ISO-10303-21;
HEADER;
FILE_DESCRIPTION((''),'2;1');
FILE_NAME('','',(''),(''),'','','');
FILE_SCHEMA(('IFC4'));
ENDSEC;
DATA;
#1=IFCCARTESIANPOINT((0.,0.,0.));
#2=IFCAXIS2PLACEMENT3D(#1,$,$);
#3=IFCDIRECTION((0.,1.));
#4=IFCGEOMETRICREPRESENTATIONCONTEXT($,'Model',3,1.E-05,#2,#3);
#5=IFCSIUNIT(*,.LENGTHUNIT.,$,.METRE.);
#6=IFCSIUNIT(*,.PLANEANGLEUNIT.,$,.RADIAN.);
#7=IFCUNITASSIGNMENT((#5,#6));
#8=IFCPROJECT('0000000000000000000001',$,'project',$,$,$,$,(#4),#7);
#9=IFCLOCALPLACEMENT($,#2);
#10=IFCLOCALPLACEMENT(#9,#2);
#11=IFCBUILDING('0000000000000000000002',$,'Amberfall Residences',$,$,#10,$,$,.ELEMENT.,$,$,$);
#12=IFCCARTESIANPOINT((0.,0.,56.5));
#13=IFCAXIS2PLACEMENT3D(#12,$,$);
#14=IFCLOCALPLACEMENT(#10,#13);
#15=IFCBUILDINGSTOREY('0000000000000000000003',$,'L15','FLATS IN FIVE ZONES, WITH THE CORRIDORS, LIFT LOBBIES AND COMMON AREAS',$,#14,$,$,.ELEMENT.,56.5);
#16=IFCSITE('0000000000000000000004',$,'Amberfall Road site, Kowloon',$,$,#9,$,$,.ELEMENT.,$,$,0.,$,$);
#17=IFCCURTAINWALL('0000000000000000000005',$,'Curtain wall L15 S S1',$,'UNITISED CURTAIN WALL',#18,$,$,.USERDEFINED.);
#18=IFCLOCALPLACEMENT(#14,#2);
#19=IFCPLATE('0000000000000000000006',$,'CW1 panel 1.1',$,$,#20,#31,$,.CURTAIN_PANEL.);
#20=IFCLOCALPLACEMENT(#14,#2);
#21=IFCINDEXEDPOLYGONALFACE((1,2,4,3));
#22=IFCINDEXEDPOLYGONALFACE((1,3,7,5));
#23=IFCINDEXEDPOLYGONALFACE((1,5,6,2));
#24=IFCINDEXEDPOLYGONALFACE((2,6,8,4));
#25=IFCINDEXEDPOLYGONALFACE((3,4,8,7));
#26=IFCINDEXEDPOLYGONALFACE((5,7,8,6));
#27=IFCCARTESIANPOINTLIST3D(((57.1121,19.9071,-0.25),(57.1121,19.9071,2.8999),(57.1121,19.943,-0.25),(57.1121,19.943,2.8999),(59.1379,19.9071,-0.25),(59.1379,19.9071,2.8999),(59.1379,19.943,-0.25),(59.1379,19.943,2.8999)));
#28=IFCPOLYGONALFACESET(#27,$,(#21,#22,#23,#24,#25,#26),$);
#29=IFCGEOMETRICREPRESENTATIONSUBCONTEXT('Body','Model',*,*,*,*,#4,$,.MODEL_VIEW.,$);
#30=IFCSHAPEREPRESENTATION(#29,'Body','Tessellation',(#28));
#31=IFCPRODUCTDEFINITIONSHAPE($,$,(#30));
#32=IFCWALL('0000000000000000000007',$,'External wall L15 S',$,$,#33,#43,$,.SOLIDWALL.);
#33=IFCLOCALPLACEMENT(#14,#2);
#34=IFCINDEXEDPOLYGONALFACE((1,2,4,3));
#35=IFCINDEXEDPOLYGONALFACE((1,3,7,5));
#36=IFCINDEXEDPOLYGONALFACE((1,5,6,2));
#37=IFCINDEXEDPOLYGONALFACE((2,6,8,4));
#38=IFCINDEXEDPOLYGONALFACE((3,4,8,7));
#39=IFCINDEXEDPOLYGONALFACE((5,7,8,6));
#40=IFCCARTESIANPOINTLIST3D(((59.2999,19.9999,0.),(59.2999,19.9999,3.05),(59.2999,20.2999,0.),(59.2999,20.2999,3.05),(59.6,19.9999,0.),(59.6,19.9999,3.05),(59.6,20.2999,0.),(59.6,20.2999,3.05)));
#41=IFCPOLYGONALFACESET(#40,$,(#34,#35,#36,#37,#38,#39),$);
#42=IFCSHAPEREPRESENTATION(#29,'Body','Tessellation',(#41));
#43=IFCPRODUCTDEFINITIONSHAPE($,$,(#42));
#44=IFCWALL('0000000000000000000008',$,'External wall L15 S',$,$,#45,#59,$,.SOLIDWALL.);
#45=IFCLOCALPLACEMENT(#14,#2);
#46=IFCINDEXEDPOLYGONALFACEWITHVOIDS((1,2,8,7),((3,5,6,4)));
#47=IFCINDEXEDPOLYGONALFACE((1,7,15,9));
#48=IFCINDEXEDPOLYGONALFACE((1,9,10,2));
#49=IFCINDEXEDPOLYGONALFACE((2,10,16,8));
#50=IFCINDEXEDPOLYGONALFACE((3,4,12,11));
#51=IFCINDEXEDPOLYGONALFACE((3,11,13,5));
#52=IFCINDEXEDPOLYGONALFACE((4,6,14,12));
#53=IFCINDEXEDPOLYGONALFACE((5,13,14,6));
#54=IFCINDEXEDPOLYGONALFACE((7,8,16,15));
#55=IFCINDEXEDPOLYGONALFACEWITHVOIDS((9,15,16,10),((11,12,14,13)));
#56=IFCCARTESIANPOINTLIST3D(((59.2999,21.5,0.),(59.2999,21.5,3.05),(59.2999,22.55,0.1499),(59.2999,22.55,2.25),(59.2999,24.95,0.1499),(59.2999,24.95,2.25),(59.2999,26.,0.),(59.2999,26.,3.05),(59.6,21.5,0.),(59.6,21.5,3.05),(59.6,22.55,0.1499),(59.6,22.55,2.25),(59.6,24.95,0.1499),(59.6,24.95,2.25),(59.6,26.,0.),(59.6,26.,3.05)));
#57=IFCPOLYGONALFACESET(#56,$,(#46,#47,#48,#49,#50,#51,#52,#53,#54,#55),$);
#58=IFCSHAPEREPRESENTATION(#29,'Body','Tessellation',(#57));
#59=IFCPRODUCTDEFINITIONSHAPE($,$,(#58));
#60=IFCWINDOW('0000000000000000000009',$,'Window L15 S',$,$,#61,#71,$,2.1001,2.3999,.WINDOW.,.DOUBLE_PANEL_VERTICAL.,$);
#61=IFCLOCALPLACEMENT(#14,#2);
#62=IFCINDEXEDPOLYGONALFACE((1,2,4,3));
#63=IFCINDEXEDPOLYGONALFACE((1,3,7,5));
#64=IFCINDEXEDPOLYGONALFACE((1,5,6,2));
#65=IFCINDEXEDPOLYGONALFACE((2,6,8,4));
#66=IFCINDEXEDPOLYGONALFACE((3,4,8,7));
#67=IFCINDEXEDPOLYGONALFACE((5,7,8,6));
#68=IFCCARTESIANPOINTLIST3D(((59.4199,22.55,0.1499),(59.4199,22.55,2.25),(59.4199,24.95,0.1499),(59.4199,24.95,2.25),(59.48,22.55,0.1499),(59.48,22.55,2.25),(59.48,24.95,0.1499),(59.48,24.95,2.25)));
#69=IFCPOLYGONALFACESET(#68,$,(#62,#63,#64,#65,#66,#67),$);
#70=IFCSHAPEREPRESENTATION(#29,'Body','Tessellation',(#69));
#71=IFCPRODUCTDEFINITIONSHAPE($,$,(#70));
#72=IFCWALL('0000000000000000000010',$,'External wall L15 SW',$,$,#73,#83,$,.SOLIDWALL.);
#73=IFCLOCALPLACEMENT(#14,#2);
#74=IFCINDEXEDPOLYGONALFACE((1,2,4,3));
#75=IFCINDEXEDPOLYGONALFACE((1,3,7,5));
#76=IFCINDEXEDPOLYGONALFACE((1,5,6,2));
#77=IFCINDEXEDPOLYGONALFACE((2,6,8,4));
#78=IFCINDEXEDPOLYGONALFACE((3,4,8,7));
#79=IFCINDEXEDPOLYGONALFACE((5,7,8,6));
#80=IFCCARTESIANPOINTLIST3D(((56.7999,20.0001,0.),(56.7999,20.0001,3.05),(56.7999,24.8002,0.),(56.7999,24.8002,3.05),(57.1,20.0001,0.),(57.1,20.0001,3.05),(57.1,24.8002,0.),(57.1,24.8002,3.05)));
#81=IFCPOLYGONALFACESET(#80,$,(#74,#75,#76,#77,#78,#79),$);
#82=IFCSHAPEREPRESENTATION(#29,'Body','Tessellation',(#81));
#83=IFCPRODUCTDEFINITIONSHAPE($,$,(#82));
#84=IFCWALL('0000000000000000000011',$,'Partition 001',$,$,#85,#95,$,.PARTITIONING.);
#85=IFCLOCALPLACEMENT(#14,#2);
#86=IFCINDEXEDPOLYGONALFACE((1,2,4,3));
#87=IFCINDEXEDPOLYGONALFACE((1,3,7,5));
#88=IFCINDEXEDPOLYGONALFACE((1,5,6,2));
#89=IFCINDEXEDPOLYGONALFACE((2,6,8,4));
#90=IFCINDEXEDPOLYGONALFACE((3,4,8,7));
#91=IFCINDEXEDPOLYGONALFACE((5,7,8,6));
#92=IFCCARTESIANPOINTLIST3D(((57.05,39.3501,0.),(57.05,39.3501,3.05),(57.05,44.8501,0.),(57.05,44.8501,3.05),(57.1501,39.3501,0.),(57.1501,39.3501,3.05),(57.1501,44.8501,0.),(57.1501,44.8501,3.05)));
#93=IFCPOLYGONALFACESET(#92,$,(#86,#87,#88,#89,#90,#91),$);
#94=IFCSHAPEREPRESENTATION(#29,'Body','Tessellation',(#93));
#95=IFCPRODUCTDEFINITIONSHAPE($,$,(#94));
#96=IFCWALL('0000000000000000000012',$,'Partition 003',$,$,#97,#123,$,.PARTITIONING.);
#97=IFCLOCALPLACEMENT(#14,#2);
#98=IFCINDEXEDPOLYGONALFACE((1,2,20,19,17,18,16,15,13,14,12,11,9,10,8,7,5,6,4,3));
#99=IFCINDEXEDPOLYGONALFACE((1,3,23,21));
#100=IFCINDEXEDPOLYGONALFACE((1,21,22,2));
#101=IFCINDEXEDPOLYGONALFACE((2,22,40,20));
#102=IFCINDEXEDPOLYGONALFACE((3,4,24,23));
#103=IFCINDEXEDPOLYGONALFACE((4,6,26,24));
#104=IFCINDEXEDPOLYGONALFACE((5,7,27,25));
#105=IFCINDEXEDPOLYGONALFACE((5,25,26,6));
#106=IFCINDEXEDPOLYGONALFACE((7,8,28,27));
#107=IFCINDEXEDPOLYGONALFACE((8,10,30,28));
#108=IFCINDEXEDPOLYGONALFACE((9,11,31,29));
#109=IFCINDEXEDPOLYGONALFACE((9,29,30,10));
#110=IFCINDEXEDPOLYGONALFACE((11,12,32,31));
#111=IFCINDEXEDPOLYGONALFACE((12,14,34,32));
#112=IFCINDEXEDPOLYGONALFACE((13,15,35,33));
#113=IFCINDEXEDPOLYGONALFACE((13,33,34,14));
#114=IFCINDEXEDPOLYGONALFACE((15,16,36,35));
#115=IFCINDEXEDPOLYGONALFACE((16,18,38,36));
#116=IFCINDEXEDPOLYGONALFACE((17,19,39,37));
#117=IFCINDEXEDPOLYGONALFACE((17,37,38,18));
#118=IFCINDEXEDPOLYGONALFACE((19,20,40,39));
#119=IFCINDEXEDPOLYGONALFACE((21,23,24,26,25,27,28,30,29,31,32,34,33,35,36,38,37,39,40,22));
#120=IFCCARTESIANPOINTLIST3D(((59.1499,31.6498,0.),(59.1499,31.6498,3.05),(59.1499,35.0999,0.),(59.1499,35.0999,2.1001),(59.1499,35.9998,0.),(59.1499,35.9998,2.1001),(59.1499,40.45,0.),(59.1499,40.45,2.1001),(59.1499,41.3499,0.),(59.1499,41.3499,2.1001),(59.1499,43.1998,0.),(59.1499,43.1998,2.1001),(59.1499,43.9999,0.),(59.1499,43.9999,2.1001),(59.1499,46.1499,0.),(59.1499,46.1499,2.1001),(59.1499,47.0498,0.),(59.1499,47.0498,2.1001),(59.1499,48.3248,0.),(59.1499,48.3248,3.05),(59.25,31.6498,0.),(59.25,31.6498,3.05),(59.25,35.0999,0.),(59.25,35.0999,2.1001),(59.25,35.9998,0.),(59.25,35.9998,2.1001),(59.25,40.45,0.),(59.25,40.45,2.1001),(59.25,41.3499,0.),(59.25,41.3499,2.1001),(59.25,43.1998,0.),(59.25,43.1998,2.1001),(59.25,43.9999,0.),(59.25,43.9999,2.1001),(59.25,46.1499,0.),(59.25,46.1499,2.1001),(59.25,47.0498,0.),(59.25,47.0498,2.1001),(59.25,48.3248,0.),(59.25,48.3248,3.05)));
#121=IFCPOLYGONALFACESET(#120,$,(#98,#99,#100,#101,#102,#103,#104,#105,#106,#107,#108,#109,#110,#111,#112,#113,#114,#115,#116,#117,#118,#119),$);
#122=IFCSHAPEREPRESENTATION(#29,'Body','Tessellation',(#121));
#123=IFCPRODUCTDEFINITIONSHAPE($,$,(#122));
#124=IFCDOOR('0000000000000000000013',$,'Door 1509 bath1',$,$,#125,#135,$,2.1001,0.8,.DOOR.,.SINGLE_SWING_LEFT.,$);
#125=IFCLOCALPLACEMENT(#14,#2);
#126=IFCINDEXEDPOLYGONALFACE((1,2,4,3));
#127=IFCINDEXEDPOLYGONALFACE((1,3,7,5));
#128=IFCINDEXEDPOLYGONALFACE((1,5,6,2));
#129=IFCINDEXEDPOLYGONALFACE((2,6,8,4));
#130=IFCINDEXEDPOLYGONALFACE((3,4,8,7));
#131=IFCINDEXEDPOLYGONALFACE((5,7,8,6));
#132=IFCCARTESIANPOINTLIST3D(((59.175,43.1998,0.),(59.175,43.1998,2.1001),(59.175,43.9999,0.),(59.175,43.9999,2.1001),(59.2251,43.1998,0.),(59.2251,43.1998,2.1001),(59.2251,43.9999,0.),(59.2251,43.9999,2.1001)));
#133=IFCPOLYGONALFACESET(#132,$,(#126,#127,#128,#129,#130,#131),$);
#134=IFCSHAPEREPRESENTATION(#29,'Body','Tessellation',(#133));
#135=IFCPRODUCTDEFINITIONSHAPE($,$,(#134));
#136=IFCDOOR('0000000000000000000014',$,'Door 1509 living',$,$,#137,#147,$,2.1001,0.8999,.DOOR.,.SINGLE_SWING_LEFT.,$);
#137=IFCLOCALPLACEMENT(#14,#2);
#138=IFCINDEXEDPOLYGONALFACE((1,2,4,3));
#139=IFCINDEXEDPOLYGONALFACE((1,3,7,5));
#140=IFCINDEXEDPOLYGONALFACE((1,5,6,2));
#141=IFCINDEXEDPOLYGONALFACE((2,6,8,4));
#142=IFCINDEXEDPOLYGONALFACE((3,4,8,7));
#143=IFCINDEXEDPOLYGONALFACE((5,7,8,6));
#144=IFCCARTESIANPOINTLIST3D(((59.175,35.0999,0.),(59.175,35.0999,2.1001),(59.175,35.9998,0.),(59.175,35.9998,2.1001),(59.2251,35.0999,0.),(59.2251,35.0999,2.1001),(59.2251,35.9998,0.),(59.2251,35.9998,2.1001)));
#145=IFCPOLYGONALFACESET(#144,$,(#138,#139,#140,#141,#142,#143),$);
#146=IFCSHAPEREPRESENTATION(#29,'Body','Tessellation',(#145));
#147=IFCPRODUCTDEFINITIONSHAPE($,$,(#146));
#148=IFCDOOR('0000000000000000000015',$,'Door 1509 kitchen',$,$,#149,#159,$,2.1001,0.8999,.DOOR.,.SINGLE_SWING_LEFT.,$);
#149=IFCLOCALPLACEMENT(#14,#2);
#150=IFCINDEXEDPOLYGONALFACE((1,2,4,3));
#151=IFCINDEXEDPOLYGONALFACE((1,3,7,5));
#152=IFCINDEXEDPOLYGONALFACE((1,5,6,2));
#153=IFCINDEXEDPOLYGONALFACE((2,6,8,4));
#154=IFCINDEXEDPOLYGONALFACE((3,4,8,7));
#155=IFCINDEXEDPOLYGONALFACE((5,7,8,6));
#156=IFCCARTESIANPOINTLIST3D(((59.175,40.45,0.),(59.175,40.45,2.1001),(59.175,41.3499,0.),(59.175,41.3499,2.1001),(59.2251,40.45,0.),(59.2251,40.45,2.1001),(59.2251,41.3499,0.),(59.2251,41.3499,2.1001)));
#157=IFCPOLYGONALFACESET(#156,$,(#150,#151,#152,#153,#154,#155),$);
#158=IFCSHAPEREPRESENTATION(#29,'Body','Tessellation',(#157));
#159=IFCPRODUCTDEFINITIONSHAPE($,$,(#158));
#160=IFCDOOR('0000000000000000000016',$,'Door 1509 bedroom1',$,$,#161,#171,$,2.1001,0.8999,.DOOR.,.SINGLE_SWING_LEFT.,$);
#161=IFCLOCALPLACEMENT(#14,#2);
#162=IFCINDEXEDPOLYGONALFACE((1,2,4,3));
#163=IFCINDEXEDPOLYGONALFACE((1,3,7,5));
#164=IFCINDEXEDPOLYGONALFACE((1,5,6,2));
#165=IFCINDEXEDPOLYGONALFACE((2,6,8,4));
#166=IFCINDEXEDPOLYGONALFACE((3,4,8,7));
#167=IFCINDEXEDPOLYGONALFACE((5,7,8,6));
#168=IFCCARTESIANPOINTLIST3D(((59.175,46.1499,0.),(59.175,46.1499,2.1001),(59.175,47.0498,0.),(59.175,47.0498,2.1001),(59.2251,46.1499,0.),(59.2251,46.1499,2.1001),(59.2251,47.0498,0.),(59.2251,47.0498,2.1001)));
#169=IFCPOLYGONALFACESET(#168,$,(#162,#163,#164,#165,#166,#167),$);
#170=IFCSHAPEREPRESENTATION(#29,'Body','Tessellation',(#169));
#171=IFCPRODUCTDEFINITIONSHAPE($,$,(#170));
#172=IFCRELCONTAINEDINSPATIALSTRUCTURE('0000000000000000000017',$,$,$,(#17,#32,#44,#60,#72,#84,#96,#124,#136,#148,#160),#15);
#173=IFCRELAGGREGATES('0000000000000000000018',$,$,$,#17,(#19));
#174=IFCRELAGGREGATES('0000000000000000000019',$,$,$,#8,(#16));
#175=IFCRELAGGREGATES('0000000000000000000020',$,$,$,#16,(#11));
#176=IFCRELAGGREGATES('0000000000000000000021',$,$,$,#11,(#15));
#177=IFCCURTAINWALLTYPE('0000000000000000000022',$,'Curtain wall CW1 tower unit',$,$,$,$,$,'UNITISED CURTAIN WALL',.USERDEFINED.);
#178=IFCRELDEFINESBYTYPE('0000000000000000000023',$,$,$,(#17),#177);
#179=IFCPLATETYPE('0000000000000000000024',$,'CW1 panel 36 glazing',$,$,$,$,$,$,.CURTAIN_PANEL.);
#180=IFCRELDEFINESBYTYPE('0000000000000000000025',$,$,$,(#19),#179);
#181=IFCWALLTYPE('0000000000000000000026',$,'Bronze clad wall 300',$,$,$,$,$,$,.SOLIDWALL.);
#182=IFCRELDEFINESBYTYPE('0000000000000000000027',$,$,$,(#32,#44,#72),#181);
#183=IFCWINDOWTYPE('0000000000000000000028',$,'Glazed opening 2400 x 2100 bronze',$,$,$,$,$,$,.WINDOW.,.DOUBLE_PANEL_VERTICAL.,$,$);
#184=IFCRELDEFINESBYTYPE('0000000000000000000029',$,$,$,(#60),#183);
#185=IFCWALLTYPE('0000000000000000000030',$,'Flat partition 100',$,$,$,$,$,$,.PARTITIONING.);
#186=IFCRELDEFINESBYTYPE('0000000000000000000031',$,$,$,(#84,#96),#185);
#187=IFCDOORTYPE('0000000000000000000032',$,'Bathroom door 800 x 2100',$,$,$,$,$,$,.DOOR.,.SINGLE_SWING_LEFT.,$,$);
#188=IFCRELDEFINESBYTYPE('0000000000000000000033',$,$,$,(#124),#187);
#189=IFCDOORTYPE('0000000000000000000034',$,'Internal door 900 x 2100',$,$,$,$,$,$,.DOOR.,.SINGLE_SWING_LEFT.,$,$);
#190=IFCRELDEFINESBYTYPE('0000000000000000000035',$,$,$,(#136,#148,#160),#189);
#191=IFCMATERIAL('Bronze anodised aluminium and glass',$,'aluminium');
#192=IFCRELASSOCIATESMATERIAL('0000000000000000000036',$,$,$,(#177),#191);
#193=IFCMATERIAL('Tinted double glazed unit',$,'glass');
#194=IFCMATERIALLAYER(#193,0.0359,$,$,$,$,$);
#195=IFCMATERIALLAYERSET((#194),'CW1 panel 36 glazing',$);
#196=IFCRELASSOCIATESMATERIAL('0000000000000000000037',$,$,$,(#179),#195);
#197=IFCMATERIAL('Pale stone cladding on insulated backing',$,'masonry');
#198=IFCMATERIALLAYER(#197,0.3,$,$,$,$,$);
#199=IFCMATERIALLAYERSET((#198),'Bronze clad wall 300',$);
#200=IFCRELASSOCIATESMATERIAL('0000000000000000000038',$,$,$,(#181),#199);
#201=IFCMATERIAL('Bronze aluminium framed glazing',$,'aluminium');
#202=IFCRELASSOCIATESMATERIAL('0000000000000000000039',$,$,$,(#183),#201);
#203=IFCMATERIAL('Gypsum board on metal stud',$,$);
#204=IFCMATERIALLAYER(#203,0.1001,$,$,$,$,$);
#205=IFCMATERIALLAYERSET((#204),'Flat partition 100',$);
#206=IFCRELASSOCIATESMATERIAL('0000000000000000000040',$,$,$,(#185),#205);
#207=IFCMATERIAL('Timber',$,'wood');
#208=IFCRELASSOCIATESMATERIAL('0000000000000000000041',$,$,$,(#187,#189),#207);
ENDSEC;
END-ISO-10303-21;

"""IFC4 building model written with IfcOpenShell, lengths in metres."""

from ifc_helpers import new_model, si_unit, direction, frame, frame_2d, origin, origin_2d, place, context, subcontext, project, spatial, rectangle, extrude, material, layer, layer_set, type_object, element, fill, aggregate, save


model = new_model("IFC4")

# Units and contexts
model_context = context("Model", 3, precision=1e-05, world=origin(), true_north=direction((0.0, 1.0)))
body_context = subcontext(model_context, "Body", "Model", "MODEL_VIEW")
ifc_project = project(units=[si_unit("LENGTHUNIT", "METRE"), si_unit("PLANEANGLEUNIT", "RADIAN")], contexts=[model_context])

# Site, building, storey
site_placement = place(None, origin())
site = spatial("IfcSite", under=ifc_project, at=site_placement, Name="Amberfall Road site, Kowloon", CompositionType="ELEMENT", RefElevation=0.0)
building_placement = place(site_placement, origin())
building = spatial("IfcBuilding", under=site, at=building_placement, Name="Amberfall Residences", CompositionType="ELEMENT")
storey_placement = place(building_placement, frame((0.0, 0.0, 56.5)))
storey = spatial("IfcBuildingStorey", under=building, at=storey_placement, Name="L15", Description="FLATS IN FIVE ZONES, WITH THE CORRIDORS, LIFT LOBBIES AND COMMON AREAS", CompositionType="ELEMENT", Elevation=56.5)

# Curtain wall
ifc_material_1 = material(Name="Bronze anodised aluminium and glass", Category="aluminium")
curtain_wall_type = type_object("IfcCurtainWallType", Name="Curtain wall CW1 tower unit", ElementType="UNITISED CURTAIN WALL", PredefinedType="USERDEFINED", material=ifc_material_1)
curtain_wall_placement = place(storey_placement, origin())
curtain_wall = element("IfcCurtainWall", 1, at=curtain_wall_placement, inside=storey, type_object=curtain_wall_type, Name="Curtain wall L15 S S1", ObjectType="UNITISED CURTAIN WALL", PredefinedType="USERDEFINED")

# Plate
ifc_material_2 = material(Name="Tinted double glazed unit", Category="glass")
ifc_layer_1 = layer(ifc_material_2, 0.0359)
ifc_layer_set_1 = layer_set([ifc_layer_1], Name="CW1 panel 36 glazing")
plate_type = type_object("IfcPlateType", Name="CW1 panel 36 glazing", PredefinedType="CURTAIN_PANEL", material=ifc_layer_set_1)
plate_placement = place(storey_placement, frame((58.125, 19.925, -0.25), z_axis=(0.0, 0.0, 1.0), x_axis=(1.0, 0.0, 0.0)))
plate = element("IfcPlate", 2, at=plate_placement, type_object=plate_type, Name="CW1 panel 1.1", PredefinedType="CURTAIN_PANEL", context=body_context, shape_type="SweptSolid", body=[
    extrude(rectangle(XDim=2.0259, YDim=0.0359, at=origin_2d()), origin(), (0.0, 0.0, 1.0), 3.1499),
])
aggregate(curtain_wall, [plate])

# Wall
ifc_material_3 = material(Name="Pale stone cladding on insulated backing", Category="masonry")
ifc_layer_2 = layer(ifc_material_3, 0.3)
ifc_layer_set_2 = layer_set([ifc_layer_2], Name="Bronze clad wall 300")
wall_type_1 = type_object("IfcWallType", Name="Bronze clad wall 300", PredefinedType="SOLIDWALL", material=ifc_layer_set_2)
wall_1_placement = place(storey_placement, frame((59.45, 20.0, 0.0), z_axis=(0.0, 0.0, 1.0), x_axis=(0.0, 1.0, 0.0)))
element("IfcWall", 3, at=wall_1_placement, inside=storey, type_object=wall_type_1, Name="External wall L15 S", PredefinedType="SOLIDWALL", context=body_context, shape_type="SweptSolid", body=[
    extrude(rectangle(XDim=0.3, YDim=0.3, at=frame_2d((0.1499, 0.0))), origin(), (0.0, 0.0, 1.0), 3.05),
])

# Wall, opening, window
wall_2_placement = place(storey_placement, frame((59.45, 21.5, 0.0), z_axis=(0.0, 0.0, 1.0), x_axis=(0.0, 1.0, 0.0)))
wall_2 = element("IfcWall", 4, at=wall_2_placement, inside=storey, type_object=wall_type_1, Name="External wall L15 S", PredefinedType="SOLIDWALL", context=body_context, shape_type="SweptSolid", body=[
    extrude(rectangle(XDim=4.5, YDim=0.3, at=frame_2d((2.25, 0.0))), origin(), (0.0, 0.0, 1.0), 3.05),
])
opening_1_placement = place(wall_2_placement, frame((1.05, 0.0, 0.1499)))
opening_1 = element("IfcOpeningElement", 5, at=opening_1_placement, cuts=wall_2, PredefinedType="OPENING", context=body_context, shape_type="SweptSolid", body=[
    extrude(rectangle(XDim=2.3999, YDim=2.1001, at=frame_2d((1.2, 1.05))), frame((0.0, 0.1599, 0.0), z_axis=(0.0, -1.0, 0.0), x_axis=(1.0, 0.0, 0.0)), (0.0, 0.0, 1.0), 0.3201),
])
ifc_material_4 = material(Name="Bronze aluminium framed glazing", Category="aluminium")
window_type = type_object("IfcWindowType", Name="Glazed opening 2400 x 2100 bronze", PartitioningType="DOUBLE_PANEL_VERTICAL", PredefinedType="WINDOW", material=ifc_material_4)
window_placement = place(opening_1_placement, origin())
window = element("IfcWindow", 6, at=window_placement, inside=storey, type_object=window_type, Name="Window L15 S", OverallHeight=2.1001, OverallWidth=2.3999, PartitioningType="DOUBLE_PANEL_VERTICAL", PredefinedType="WINDOW", context=body_context, shape_type="SweptSolid", body=[
    extrude(rectangle(XDim=2.3999, YDim=2.1001, at=frame_2d((1.2, 1.05))), frame((0.0, 0.03, 0.0), z_axis=(0.0, -1.0, 0.0), x_axis=(1.0, 0.0, 0.0)), (0.0, 0.0, 1.0), 0.0601),
])
fill(opening_1, window)

# Walls
wall_3_placement = place(storey_placement, frame((56.95, 24.8, 0.0), z_axis=(0.0, 0.0, 1.0), x_axis=(0.0, -1.0, 0.0)))
element("IfcWall", 7, at=wall_3_placement, inside=storey, type_object=wall_type_1, Name="External wall L15 SW", PredefinedType="SOLIDWALL", context=body_context, shape_type="SweptSolid", body=[
    extrude(rectangle(XDim=4.8, YDim=0.3, at=frame_2d((2.3999, 0.0))), origin(), (0.0, 0.0, 1.0), 3.05),
])
ifc_material_5 = material(Name="Gypsum board on metal stud")
ifc_layer_3 = layer(ifc_material_5, 0.1001)
ifc_layer_set_3 = layer_set([ifc_layer_3], Name="Flat partition 100")
wall_type_2 = type_object("IfcWallType", Name="Flat partition 100", PredefinedType="PARTITIONING", material=ifc_layer_set_3)
wall_4_placement = place(storey_placement, frame((57.1001, 39.3501, 0.0), z_axis=(0.0, 0.0, 1.0), x_axis=(0.0, 1.0, 0.0)))
element("IfcWall", 8, at=wall_4_placement, inside=storey, type_object=wall_type_2, Name="Partition 001", PredefinedType="PARTITIONING", context=body_context, shape_type="SweptSolid", body=[
    extrude(rectangle(XDim=5.5, YDim=0.1001, at=frame_2d((2.75, 0.0))), origin(), (0.0, 0.0, 1.0), 3.05),
])

# Wall, openings, doors
wall_5_placement = place(storey_placement, frame((59.2, 31.6499, 0.0), z_axis=(0.0, 0.0, 1.0), x_axis=(0.0, 1.0, 0.0)))
wall_5 = element("IfcWall", 9, at=wall_5_placement, inside=storey, type_object=wall_type_2, Name="Partition 003", PredefinedType="PARTITIONING", context=body_context, shape_type="SweptSolid", body=[
    extrude(rectangle(XDim=16.675, YDim=0.1001, at=frame_2d((8.3374, 0.0))), origin(), (0.0, 0.0, 1.0), 3.05),
])
opening_2_placement = place(wall_5_placement, frame((3.45, 0.0, 0.0)))
opening_2 = element("IfcOpeningElement", 10, at=opening_2_placement, cuts=wall_5, PredefinedType="OPENING", context=body_context, shape_type="SweptSolid", body=[
    extrude(rectangle(XDim=0.8999, YDim=2.1001, at=frame_2d((0.45, 1.05))), frame((0.0, 0.0601, 0.0), z_axis=(0.0, -1.0, 0.0), x_axis=(1.0, 0.0, 0.0)), (0.0, 0.0, 1.0), 0.1201),
])
opening_3_placement = place(wall_5_placement, frame((8.8, 0.0, 0.0)))
opening_3 = element("IfcOpeningElement", 11, at=opening_3_placement, cuts=wall_5, PredefinedType="OPENING", context=body_context, shape_type="SweptSolid", body=[
    extrude(rectangle(XDim=0.8999, YDim=2.1001, at=frame_2d((0.45, 1.05))), frame((0.0, 0.0601, 0.0), z_axis=(0.0, -1.0, 0.0), x_axis=(1.0, 0.0, 0.0)), (0.0, 0.0, 1.0), 0.1201),
])
opening_4_placement = place(wall_5_placement, frame((14.5, 0.0, 0.0)))
opening_4 = element("IfcOpeningElement", 12, at=opening_4_placement, cuts=wall_5, PredefinedType="OPENING", context=body_context, shape_type="SweptSolid", body=[
    extrude(rectangle(XDim=0.8999, YDim=2.1001, at=frame_2d((0.45, 1.05))), frame((0.0, 0.0601, 0.0), z_axis=(0.0, -1.0, 0.0), x_axis=(1.0, 0.0, 0.0)), (0.0, 0.0, 1.0), 0.1201),
])
opening_5_placement = place(wall_5_placement, frame((11.55, 0.0, 0.0)))
opening_5 = element("IfcOpeningElement", 13, at=opening_5_placement, cuts=wall_5, PredefinedType="OPENING", context=body_context, shape_type="SweptSolid", body=[
    extrude(rectangle(XDim=0.8, YDim=2.1001, at=frame_2d((0.3999, 1.05))), frame((0.0, 0.0601, 0.0), z_axis=(0.0, -1.0, 0.0), x_axis=(1.0, 0.0, 0.0)), (0.0, 0.0, 1.0), 0.1201),
])
ifc_material_6 = material(Name="Timber", Category="wood")
door_type_1 = type_object("IfcDoorType", Name="Bathroom door 800 x 2100", OperationType="SINGLE_SWING_LEFT", PredefinedType="DOOR", material=ifc_material_6)
door_1_placement = place(opening_5_placement, origin())
door_1 = element("IfcDoor", 14, at=door_1_placement, inside=storey, type_object=door_type_1, Name="Door 1509 bath1", OperationType="SINGLE_SWING_LEFT", OverallHeight=2.1001, OverallWidth=0.8, PredefinedType="DOOR", context=body_context, shape_type="SweptSolid", body=[
    extrude(rectangle(XDim=0.8, YDim=2.1001, at=frame_2d((0.3999, 1.05))), frame((0.0, 0.0249, 0.0), z_axis=(0.0, -1.0, 0.0), x_axis=(1.0, 0.0, 0.0)), (0.0, 0.0, 1.0), 0.05),
])
fill(opening_5, door_1)
door_type_2 = type_object("IfcDoorType", Name="Internal door 900 x 2100", OperationType="SINGLE_SWING_LEFT", PredefinedType="DOOR", material=ifc_material_6)
door_2_placement = place(opening_2_placement, origin())
door_2 = element("IfcDoor", 15, at=door_2_placement, inside=storey, type_object=door_type_2, Name="Door 1509 living", OperationType="SINGLE_SWING_LEFT", OverallHeight=2.1001, OverallWidth=0.8999, PredefinedType="DOOR", context=body_context, shape_type="SweptSolid", body=[
    extrude(rectangle(XDim=0.8999, YDim=2.1001, at=frame_2d((0.45, 1.05))), frame((0.0, 0.0249, 0.0), z_axis=(0.0, -1.0, 0.0), x_axis=(1.0, 0.0, 0.0)), (0.0, 0.0, 1.0), 0.05),
])
fill(opening_2, door_2)
door_3_placement = place(opening_3_placement, origin())
door_3 = element("IfcDoor", 16, at=door_3_placement, inside=storey, type_object=door_type_2, Name="Door 1509 kitchen", OperationType="SINGLE_SWING_LEFT", OverallHeight=2.1001, OverallWidth=0.8999, PredefinedType="DOOR", context=body_context, shape_type="SweptSolid", body=[
    extrude(rectangle(XDim=0.8999, YDim=2.1001, at=frame_2d((0.45, 1.05))), frame((0.0, 0.0249, 0.0), z_axis=(0.0, -1.0, 0.0), x_axis=(1.0, 0.0, 0.0)), (0.0, 0.0, 1.0), 0.05),
])
fill(opening_3, door_3)
door_4_placement = place(opening_4_placement, origin())
door_4 = element("IfcDoor", 17, at=door_4_placement, inside=storey, type_object=door_type_2, Name="Door 1509 bedroom1", OperationType="SINGLE_SWING_LEFT", OverallHeight=2.1001, OverallWidth=0.8999, PredefinedType="DOOR", context=body_context, shape_type="SweptSolid", body=[
    extrude(rectangle(XDim=0.8999, YDim=2.1001, at=frame_2d((0.45, 1.05))), frame((0.0, 0.0249, 0.0), z_axis=(0.0, -1.0, 0.0), x_axis=(1.0, 0.0, 0.0)), (0.0, 0.0, 1.0), 0.05),
])
fill(opening_4, door_4)

save(model, "model.ifc")
